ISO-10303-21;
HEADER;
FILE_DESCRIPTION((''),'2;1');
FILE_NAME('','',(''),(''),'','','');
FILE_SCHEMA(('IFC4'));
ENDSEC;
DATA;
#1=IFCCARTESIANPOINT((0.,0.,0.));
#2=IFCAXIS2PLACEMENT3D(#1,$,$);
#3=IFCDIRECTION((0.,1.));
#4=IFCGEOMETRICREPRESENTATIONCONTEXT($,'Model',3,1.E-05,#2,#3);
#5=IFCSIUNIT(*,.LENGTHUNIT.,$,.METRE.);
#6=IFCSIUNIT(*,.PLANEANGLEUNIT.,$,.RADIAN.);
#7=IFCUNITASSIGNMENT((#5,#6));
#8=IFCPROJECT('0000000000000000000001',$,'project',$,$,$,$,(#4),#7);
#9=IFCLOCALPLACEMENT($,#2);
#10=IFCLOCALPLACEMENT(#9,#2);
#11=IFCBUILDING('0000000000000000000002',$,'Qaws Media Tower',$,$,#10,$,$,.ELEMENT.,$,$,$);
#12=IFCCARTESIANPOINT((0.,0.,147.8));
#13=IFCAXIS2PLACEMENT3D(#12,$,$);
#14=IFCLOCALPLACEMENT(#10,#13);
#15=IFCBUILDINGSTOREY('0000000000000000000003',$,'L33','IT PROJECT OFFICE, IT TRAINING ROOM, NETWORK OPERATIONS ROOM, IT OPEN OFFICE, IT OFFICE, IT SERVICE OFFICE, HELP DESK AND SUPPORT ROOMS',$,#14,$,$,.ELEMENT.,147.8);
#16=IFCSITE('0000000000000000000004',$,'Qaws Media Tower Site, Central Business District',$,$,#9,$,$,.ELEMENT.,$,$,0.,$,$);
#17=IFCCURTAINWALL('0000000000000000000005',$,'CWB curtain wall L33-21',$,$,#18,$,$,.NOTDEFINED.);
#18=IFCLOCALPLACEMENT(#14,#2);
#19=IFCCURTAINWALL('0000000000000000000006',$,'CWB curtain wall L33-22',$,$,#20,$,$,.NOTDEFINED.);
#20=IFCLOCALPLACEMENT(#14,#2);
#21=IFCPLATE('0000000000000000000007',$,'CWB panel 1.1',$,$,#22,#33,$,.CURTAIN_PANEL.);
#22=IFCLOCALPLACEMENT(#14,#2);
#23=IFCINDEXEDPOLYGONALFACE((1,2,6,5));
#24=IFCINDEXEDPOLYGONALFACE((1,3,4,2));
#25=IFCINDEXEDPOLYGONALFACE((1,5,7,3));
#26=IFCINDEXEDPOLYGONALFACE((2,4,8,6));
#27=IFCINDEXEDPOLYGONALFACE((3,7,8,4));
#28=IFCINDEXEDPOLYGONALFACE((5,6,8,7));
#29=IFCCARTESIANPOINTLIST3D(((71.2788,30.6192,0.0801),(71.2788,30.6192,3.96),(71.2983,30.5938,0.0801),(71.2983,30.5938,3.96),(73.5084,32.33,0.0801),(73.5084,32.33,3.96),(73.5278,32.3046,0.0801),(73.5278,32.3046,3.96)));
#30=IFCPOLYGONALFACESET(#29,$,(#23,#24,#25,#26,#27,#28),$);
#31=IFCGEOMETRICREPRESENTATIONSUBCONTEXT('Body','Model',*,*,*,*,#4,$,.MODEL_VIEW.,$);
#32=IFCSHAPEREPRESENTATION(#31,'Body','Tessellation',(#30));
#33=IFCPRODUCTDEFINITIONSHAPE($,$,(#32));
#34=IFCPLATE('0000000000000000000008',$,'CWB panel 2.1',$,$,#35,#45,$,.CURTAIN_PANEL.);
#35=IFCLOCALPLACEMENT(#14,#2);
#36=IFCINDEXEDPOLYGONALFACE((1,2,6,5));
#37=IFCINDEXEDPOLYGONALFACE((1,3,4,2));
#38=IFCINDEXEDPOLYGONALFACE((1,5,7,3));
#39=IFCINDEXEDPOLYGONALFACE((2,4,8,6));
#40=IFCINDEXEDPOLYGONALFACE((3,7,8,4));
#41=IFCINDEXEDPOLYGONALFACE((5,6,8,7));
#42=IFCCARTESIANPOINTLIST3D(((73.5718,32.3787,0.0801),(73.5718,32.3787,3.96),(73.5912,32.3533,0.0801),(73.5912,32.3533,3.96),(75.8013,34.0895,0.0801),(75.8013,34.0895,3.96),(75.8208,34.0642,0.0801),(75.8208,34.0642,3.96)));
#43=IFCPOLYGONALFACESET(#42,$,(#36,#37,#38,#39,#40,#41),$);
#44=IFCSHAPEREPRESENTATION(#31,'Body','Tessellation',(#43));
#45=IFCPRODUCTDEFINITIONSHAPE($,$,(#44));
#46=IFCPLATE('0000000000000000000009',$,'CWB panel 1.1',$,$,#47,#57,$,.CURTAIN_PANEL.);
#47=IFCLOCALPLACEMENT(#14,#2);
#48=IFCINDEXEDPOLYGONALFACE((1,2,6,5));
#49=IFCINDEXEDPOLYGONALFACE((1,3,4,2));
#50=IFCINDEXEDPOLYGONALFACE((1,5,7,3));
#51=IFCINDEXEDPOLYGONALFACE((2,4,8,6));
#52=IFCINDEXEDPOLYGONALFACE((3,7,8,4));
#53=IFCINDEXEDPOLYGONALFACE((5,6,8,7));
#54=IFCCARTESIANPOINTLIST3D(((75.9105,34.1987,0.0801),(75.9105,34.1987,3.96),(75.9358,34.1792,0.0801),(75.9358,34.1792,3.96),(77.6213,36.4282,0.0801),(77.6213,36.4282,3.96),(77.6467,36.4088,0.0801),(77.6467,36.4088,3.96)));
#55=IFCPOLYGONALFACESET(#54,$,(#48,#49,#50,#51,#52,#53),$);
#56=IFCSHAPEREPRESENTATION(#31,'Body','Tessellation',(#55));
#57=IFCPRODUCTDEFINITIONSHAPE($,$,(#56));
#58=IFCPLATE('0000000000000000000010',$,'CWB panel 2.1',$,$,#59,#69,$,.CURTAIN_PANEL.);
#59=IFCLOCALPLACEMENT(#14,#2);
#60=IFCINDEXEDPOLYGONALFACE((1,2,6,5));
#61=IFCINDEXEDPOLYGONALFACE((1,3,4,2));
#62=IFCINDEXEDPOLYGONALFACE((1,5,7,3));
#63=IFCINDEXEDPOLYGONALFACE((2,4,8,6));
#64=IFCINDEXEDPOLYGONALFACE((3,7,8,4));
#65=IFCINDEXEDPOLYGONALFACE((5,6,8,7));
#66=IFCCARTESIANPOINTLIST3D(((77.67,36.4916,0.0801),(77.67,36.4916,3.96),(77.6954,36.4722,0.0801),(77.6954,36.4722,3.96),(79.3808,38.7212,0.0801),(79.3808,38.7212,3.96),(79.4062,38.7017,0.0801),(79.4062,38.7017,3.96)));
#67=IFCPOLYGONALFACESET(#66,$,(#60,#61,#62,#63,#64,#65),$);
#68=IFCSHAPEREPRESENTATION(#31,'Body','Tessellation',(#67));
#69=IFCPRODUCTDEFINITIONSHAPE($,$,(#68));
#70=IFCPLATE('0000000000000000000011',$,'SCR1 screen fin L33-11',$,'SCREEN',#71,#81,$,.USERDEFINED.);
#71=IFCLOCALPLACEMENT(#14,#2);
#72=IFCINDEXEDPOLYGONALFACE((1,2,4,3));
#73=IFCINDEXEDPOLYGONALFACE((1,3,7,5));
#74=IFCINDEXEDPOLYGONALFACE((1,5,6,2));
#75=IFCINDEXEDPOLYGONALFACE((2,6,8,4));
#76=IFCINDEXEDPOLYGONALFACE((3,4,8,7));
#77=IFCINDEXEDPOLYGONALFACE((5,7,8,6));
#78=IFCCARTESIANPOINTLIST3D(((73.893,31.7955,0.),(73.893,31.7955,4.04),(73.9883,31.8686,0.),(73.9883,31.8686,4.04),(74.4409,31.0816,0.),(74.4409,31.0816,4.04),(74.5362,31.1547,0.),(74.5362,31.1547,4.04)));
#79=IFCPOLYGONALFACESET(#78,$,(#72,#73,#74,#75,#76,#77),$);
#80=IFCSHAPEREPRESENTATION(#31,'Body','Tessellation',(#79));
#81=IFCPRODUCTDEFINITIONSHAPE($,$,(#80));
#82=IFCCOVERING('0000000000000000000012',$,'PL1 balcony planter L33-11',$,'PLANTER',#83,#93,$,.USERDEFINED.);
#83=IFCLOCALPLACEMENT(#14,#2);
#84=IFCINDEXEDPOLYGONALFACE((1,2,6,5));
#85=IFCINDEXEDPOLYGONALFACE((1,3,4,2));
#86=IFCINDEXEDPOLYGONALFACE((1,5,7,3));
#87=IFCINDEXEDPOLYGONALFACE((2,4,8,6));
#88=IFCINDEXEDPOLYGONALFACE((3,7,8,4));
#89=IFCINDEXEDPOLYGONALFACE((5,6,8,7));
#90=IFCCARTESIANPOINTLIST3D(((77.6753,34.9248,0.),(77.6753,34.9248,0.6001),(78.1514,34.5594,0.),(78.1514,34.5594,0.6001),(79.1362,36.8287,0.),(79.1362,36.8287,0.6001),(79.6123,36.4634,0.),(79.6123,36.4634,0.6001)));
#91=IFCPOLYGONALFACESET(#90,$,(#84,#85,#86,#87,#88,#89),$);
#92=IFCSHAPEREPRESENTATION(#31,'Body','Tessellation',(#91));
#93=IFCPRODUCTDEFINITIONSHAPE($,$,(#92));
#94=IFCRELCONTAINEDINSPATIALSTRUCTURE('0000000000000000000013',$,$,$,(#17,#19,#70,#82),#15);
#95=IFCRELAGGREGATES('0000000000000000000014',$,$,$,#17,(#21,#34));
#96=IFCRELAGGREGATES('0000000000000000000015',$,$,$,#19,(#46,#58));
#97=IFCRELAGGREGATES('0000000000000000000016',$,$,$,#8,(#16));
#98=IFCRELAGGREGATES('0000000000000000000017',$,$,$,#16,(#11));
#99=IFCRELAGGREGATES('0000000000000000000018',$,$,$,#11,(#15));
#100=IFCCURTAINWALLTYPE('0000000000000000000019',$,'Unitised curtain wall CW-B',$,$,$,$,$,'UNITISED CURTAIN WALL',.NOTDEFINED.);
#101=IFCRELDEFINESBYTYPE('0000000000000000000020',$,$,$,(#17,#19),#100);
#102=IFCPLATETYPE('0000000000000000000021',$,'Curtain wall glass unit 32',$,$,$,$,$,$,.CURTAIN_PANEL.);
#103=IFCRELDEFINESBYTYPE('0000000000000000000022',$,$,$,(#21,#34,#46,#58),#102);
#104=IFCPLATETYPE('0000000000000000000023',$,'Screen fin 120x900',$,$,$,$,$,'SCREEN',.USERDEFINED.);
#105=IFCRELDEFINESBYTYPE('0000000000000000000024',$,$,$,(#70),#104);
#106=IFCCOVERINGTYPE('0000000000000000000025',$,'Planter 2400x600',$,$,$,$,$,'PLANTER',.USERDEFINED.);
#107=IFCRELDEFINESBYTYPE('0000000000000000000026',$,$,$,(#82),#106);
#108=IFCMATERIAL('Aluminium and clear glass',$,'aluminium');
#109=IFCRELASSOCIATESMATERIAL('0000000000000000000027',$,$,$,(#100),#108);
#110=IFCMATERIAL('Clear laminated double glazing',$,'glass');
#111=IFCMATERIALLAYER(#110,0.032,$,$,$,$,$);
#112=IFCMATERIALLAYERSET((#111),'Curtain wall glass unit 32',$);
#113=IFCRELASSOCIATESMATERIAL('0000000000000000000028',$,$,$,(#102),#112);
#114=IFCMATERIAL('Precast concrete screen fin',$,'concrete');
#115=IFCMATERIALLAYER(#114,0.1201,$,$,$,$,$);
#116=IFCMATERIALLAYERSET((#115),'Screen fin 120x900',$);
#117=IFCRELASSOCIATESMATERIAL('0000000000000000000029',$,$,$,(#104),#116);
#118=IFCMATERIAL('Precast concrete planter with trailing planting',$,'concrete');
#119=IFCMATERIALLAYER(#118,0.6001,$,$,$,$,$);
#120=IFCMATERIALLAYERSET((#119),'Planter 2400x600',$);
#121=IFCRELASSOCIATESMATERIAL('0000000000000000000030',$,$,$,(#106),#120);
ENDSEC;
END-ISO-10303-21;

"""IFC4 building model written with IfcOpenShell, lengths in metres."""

from ifc_helpers import new_model, si_unit, direction, frame, origin, origin_2d, place, context, subcontext, project, spatial, rectangle, extrude, material, layer, layer_set, type_object, element, aggregate, save


model = new_model("IFC4")

# Units and contexts
model_context = context("Model", 3, precision=1e-05, world=origin(), true_north=direction((0.0, 1.0)))
body_context = subcontext(model_context, "Body", "Model", "MODEL_VIEW")
ifc_project = project(units=[si_unit("LENGTHUNIT", "METRE"), si_unit("PLANEANGLEUNIT", "RADIAN")], contexts=[model_context])

# Site, building, storey
site_placement = place(None, origin())
site = spatial("IfcSite", under=ifc_project, at=site_placement, Name="Qaws Media Tower Site, Central Business District", CompositionType="ELEMENT", RefElevation=0.0)
building_placement = place(site_placement, origin())
building = spatial("IfcBuilding", under=site, at=building_placement, Name="Qaws Media Tower", CompositionType="ELEMENT")
storey_placement = place(building_placement, frame((0.0, 0.0, 147.8)))
storey = spatial("IfcBuildingStorey", under=building, at=storey_placement, Name="L33", Description="IT PROJECT OFFICE, IT TRAINING ROOM, NETWORK OPERATIONS ROOM, IT OPEN OFFICE, IT OFFICE, IT SERVICE OFFICE, HELP DESK AND SUPPORT ROOMS", CompositionType="ELEMENT", Elevation=147.8)

# Curtain walls
ifc_material_1 = material(Name="Aluminium and clear glass", Category="aluminium")
curtain_wall_type = type_object("IfcCurtainWallType", Name="Unitised curtain wall CW-B", ElementType="UNITISED CURTAIN WALL", PredefinedType="NOTDEFINED", material=ifc_material_1)
curtain_wall_1_placement = place(storey_placement, origin())
curtain_wall_1 = element("IfcCurtainWall", 1, at=curtain_wall_1_placement, inside=storey, type_object=curtain_wall_type, Name="CWB curtain wall L33-21", PredefinedType="NOTDEFINED")
curtain_wall_2_placement = place(storey_placement, origin())
curtain_wall_2 = element("IfcCurtainWall", 2, at=curtain_wall_2_placement, inside=storey, type_object=curtain_wall_type, Name="CWB curtain wall L33-22", PredefinedType="NOTDEFINED")

# Plates
ifc_material_2 = material(Name="Clear laminated double glazing", Category="glass")
ifc_layer_1 = layer(ifc_material_2, 0.032)
ifc_layer_set_1 = layer_set([ifc_layer_1], Name="Curtain wall glass unit 32")
plate_type_1 = type_object("IfcPlateType", Name="Curtain wall glass unit 32", PredefinedType="CURTAIN_PANEL", material=ifc_layer_set_1)
plate_1_placement = place(storey_placement, frame((72.4033, 31.4619, 0.0801), z_axis=(0.0, 0.0, 1.0), x_axis=(0.793353, 0.608761, 0.0)))
plate_1 = element("IfcPlate", 3, at=plate_1_placement, type_object=plate_type_1, Name="CWB panel 1.1", PredefinedType="CURTAIN_PANEL", context=body_context, shape_type="SweptSolid", body=[
    extrude(rectangle(XDim=2.8103, YDim=0.032, at=origin_2d()), origin(), (0.0, 0.0, 1.0), 3.8799),
])
plate_2_placement = place(storey_placement, frame((74.6963, 33.2214, 0.0801), z_axis=(0.0, 0.0, 1.0), x_axis=(0.793353, 0.608761, 0.0)))
plate_2 = element("IfcPlate", 4, at=plate_2_placement, type_object=plate_type_1, Name="CWB panel 2.1", PredefinedType="CURTAIN_PANEL", context=body_context, shape_type="SweptSolid", body=[
    extrude(rectangle(XDim=2.8103, YDim=0.032, at=origin_2d()), origin(), (0.0, 0.0, 1.0), 3.8799),
])
aggregate(curtain_wall_1, [plate_1, plate_2])
plate_3_placement = place(storey_placement, frame((76.7786, 35.3037, 0.0801), z_axis=(0.0, 0.0, 1.0), x_axis=(0.608761, 0.793353, 0.0)))
plate_3 = element("IfcPlate", 5, at=plate_3_placement, type_object=plate_type_1, Name="CWB panel 1.1", PredefinedType="CURTAIN_PANEL", context=body_context, shape_type="SweptSolid", body=[
    extrude(rectangle(XDim=2.8103, YDim=0.032, at=origin_2d()), origin(), (0.0, 0.0, 1.0), 3.8799),
])
plate_4_placement = place(storey_placement, frame((78.5381, 37.5967, 0.0801), z_axis=(0.0, 0.0, 1.0), x_axis=(0.608761, 0.793353, 0.0)))
plate_4 = element("IfcPlate", 6, at=plate_4_placement, type_object=plate_type_1, Name="CWB panel 2.1", PredefinedType="CURTAIN_PANEL", context=body_context, shape_type="SweptSolid", body=[
    extrude(rectangle(XDim=2.8103, YDim=0.032, at=origin_2d()), origin(), (0.0, 0.0, 1.0), 3.8799),
])
aggregate(curtain_wall_2, [plate_3, plate_4])
ifc_material_3 = material(Name="Precast concrete screen fin", Category="concrete")
ifc_layer_2 = layer(ifc_material_3, 0.1201)
ifc_layer_set_2 = layer_set([ifc_layer_2], Name="Screen fin 120x900")
plate_type_2 = type_object("IfcPlateType", Name="Screen fin 120x900", ElementType="SCREEN", PredefinedType="USERDEFINED", material=ifc_layer_set_2)
plate_5_placement = place(storey_placement, frame((74.2146, 31.4751, 0.0), z_axis=(0.0, 0.0, 1.0), x_axis=(0.608761, -0.793353, 0.0)))
element("IfcPlate", 7, at=plate_5_placement, inside=storey, type_object=plate_type_2, Name="SCR1 screen fin L33-11", ObjectType="SCREEN", PredefinedType="USERDEFINED", context=body_context, shape_type="SweptSolid", body=[
    extrude(rectangle(XDim=0.8999, YDim=0.1201, at=origin_2d()), origin(), (0.0, 0.0, 1.0), 4.04),
])

# Covering
ifc_material_4 = material(Name="Precast concrete planter with trailing planting", Category="concrete")
ifc_layer_3 = layer(ifc_material_4, 0.6001)
ifc_layer_set_3 = layer_set([ifc_layer_3], Name="Planter 2400x600")
covering_type = type_object("IfcCoveringType", Name="Planter 2400x600", ElementType="PLANTER", PredefinedType="USERDEFINED", material=ifc_layer_set_3)
covering_placement = place(storey_placement, frame((78.6438, 35.6941, 0.0), z_axis=(0.0, 0.0, 1.0), x_axis=(0.608761, 0.793353, 0.0)))
element("IfcCovering", 8, at=covering_placement, inside=storey, type_object=covering_type, Name="PL1 balcony planter L33-11", ObjectType="PLANTER", PredefinedType="USERDEFINED", context=body_context, shape_type="SweptSolid", body=[
    extrude(rectangle(XDim=2.3999, YDim=0.6001, at=origin_2d()), origin(), (0.0, 0.0, 1.0), 0.6001),
])

save(model, "model.ifc")
